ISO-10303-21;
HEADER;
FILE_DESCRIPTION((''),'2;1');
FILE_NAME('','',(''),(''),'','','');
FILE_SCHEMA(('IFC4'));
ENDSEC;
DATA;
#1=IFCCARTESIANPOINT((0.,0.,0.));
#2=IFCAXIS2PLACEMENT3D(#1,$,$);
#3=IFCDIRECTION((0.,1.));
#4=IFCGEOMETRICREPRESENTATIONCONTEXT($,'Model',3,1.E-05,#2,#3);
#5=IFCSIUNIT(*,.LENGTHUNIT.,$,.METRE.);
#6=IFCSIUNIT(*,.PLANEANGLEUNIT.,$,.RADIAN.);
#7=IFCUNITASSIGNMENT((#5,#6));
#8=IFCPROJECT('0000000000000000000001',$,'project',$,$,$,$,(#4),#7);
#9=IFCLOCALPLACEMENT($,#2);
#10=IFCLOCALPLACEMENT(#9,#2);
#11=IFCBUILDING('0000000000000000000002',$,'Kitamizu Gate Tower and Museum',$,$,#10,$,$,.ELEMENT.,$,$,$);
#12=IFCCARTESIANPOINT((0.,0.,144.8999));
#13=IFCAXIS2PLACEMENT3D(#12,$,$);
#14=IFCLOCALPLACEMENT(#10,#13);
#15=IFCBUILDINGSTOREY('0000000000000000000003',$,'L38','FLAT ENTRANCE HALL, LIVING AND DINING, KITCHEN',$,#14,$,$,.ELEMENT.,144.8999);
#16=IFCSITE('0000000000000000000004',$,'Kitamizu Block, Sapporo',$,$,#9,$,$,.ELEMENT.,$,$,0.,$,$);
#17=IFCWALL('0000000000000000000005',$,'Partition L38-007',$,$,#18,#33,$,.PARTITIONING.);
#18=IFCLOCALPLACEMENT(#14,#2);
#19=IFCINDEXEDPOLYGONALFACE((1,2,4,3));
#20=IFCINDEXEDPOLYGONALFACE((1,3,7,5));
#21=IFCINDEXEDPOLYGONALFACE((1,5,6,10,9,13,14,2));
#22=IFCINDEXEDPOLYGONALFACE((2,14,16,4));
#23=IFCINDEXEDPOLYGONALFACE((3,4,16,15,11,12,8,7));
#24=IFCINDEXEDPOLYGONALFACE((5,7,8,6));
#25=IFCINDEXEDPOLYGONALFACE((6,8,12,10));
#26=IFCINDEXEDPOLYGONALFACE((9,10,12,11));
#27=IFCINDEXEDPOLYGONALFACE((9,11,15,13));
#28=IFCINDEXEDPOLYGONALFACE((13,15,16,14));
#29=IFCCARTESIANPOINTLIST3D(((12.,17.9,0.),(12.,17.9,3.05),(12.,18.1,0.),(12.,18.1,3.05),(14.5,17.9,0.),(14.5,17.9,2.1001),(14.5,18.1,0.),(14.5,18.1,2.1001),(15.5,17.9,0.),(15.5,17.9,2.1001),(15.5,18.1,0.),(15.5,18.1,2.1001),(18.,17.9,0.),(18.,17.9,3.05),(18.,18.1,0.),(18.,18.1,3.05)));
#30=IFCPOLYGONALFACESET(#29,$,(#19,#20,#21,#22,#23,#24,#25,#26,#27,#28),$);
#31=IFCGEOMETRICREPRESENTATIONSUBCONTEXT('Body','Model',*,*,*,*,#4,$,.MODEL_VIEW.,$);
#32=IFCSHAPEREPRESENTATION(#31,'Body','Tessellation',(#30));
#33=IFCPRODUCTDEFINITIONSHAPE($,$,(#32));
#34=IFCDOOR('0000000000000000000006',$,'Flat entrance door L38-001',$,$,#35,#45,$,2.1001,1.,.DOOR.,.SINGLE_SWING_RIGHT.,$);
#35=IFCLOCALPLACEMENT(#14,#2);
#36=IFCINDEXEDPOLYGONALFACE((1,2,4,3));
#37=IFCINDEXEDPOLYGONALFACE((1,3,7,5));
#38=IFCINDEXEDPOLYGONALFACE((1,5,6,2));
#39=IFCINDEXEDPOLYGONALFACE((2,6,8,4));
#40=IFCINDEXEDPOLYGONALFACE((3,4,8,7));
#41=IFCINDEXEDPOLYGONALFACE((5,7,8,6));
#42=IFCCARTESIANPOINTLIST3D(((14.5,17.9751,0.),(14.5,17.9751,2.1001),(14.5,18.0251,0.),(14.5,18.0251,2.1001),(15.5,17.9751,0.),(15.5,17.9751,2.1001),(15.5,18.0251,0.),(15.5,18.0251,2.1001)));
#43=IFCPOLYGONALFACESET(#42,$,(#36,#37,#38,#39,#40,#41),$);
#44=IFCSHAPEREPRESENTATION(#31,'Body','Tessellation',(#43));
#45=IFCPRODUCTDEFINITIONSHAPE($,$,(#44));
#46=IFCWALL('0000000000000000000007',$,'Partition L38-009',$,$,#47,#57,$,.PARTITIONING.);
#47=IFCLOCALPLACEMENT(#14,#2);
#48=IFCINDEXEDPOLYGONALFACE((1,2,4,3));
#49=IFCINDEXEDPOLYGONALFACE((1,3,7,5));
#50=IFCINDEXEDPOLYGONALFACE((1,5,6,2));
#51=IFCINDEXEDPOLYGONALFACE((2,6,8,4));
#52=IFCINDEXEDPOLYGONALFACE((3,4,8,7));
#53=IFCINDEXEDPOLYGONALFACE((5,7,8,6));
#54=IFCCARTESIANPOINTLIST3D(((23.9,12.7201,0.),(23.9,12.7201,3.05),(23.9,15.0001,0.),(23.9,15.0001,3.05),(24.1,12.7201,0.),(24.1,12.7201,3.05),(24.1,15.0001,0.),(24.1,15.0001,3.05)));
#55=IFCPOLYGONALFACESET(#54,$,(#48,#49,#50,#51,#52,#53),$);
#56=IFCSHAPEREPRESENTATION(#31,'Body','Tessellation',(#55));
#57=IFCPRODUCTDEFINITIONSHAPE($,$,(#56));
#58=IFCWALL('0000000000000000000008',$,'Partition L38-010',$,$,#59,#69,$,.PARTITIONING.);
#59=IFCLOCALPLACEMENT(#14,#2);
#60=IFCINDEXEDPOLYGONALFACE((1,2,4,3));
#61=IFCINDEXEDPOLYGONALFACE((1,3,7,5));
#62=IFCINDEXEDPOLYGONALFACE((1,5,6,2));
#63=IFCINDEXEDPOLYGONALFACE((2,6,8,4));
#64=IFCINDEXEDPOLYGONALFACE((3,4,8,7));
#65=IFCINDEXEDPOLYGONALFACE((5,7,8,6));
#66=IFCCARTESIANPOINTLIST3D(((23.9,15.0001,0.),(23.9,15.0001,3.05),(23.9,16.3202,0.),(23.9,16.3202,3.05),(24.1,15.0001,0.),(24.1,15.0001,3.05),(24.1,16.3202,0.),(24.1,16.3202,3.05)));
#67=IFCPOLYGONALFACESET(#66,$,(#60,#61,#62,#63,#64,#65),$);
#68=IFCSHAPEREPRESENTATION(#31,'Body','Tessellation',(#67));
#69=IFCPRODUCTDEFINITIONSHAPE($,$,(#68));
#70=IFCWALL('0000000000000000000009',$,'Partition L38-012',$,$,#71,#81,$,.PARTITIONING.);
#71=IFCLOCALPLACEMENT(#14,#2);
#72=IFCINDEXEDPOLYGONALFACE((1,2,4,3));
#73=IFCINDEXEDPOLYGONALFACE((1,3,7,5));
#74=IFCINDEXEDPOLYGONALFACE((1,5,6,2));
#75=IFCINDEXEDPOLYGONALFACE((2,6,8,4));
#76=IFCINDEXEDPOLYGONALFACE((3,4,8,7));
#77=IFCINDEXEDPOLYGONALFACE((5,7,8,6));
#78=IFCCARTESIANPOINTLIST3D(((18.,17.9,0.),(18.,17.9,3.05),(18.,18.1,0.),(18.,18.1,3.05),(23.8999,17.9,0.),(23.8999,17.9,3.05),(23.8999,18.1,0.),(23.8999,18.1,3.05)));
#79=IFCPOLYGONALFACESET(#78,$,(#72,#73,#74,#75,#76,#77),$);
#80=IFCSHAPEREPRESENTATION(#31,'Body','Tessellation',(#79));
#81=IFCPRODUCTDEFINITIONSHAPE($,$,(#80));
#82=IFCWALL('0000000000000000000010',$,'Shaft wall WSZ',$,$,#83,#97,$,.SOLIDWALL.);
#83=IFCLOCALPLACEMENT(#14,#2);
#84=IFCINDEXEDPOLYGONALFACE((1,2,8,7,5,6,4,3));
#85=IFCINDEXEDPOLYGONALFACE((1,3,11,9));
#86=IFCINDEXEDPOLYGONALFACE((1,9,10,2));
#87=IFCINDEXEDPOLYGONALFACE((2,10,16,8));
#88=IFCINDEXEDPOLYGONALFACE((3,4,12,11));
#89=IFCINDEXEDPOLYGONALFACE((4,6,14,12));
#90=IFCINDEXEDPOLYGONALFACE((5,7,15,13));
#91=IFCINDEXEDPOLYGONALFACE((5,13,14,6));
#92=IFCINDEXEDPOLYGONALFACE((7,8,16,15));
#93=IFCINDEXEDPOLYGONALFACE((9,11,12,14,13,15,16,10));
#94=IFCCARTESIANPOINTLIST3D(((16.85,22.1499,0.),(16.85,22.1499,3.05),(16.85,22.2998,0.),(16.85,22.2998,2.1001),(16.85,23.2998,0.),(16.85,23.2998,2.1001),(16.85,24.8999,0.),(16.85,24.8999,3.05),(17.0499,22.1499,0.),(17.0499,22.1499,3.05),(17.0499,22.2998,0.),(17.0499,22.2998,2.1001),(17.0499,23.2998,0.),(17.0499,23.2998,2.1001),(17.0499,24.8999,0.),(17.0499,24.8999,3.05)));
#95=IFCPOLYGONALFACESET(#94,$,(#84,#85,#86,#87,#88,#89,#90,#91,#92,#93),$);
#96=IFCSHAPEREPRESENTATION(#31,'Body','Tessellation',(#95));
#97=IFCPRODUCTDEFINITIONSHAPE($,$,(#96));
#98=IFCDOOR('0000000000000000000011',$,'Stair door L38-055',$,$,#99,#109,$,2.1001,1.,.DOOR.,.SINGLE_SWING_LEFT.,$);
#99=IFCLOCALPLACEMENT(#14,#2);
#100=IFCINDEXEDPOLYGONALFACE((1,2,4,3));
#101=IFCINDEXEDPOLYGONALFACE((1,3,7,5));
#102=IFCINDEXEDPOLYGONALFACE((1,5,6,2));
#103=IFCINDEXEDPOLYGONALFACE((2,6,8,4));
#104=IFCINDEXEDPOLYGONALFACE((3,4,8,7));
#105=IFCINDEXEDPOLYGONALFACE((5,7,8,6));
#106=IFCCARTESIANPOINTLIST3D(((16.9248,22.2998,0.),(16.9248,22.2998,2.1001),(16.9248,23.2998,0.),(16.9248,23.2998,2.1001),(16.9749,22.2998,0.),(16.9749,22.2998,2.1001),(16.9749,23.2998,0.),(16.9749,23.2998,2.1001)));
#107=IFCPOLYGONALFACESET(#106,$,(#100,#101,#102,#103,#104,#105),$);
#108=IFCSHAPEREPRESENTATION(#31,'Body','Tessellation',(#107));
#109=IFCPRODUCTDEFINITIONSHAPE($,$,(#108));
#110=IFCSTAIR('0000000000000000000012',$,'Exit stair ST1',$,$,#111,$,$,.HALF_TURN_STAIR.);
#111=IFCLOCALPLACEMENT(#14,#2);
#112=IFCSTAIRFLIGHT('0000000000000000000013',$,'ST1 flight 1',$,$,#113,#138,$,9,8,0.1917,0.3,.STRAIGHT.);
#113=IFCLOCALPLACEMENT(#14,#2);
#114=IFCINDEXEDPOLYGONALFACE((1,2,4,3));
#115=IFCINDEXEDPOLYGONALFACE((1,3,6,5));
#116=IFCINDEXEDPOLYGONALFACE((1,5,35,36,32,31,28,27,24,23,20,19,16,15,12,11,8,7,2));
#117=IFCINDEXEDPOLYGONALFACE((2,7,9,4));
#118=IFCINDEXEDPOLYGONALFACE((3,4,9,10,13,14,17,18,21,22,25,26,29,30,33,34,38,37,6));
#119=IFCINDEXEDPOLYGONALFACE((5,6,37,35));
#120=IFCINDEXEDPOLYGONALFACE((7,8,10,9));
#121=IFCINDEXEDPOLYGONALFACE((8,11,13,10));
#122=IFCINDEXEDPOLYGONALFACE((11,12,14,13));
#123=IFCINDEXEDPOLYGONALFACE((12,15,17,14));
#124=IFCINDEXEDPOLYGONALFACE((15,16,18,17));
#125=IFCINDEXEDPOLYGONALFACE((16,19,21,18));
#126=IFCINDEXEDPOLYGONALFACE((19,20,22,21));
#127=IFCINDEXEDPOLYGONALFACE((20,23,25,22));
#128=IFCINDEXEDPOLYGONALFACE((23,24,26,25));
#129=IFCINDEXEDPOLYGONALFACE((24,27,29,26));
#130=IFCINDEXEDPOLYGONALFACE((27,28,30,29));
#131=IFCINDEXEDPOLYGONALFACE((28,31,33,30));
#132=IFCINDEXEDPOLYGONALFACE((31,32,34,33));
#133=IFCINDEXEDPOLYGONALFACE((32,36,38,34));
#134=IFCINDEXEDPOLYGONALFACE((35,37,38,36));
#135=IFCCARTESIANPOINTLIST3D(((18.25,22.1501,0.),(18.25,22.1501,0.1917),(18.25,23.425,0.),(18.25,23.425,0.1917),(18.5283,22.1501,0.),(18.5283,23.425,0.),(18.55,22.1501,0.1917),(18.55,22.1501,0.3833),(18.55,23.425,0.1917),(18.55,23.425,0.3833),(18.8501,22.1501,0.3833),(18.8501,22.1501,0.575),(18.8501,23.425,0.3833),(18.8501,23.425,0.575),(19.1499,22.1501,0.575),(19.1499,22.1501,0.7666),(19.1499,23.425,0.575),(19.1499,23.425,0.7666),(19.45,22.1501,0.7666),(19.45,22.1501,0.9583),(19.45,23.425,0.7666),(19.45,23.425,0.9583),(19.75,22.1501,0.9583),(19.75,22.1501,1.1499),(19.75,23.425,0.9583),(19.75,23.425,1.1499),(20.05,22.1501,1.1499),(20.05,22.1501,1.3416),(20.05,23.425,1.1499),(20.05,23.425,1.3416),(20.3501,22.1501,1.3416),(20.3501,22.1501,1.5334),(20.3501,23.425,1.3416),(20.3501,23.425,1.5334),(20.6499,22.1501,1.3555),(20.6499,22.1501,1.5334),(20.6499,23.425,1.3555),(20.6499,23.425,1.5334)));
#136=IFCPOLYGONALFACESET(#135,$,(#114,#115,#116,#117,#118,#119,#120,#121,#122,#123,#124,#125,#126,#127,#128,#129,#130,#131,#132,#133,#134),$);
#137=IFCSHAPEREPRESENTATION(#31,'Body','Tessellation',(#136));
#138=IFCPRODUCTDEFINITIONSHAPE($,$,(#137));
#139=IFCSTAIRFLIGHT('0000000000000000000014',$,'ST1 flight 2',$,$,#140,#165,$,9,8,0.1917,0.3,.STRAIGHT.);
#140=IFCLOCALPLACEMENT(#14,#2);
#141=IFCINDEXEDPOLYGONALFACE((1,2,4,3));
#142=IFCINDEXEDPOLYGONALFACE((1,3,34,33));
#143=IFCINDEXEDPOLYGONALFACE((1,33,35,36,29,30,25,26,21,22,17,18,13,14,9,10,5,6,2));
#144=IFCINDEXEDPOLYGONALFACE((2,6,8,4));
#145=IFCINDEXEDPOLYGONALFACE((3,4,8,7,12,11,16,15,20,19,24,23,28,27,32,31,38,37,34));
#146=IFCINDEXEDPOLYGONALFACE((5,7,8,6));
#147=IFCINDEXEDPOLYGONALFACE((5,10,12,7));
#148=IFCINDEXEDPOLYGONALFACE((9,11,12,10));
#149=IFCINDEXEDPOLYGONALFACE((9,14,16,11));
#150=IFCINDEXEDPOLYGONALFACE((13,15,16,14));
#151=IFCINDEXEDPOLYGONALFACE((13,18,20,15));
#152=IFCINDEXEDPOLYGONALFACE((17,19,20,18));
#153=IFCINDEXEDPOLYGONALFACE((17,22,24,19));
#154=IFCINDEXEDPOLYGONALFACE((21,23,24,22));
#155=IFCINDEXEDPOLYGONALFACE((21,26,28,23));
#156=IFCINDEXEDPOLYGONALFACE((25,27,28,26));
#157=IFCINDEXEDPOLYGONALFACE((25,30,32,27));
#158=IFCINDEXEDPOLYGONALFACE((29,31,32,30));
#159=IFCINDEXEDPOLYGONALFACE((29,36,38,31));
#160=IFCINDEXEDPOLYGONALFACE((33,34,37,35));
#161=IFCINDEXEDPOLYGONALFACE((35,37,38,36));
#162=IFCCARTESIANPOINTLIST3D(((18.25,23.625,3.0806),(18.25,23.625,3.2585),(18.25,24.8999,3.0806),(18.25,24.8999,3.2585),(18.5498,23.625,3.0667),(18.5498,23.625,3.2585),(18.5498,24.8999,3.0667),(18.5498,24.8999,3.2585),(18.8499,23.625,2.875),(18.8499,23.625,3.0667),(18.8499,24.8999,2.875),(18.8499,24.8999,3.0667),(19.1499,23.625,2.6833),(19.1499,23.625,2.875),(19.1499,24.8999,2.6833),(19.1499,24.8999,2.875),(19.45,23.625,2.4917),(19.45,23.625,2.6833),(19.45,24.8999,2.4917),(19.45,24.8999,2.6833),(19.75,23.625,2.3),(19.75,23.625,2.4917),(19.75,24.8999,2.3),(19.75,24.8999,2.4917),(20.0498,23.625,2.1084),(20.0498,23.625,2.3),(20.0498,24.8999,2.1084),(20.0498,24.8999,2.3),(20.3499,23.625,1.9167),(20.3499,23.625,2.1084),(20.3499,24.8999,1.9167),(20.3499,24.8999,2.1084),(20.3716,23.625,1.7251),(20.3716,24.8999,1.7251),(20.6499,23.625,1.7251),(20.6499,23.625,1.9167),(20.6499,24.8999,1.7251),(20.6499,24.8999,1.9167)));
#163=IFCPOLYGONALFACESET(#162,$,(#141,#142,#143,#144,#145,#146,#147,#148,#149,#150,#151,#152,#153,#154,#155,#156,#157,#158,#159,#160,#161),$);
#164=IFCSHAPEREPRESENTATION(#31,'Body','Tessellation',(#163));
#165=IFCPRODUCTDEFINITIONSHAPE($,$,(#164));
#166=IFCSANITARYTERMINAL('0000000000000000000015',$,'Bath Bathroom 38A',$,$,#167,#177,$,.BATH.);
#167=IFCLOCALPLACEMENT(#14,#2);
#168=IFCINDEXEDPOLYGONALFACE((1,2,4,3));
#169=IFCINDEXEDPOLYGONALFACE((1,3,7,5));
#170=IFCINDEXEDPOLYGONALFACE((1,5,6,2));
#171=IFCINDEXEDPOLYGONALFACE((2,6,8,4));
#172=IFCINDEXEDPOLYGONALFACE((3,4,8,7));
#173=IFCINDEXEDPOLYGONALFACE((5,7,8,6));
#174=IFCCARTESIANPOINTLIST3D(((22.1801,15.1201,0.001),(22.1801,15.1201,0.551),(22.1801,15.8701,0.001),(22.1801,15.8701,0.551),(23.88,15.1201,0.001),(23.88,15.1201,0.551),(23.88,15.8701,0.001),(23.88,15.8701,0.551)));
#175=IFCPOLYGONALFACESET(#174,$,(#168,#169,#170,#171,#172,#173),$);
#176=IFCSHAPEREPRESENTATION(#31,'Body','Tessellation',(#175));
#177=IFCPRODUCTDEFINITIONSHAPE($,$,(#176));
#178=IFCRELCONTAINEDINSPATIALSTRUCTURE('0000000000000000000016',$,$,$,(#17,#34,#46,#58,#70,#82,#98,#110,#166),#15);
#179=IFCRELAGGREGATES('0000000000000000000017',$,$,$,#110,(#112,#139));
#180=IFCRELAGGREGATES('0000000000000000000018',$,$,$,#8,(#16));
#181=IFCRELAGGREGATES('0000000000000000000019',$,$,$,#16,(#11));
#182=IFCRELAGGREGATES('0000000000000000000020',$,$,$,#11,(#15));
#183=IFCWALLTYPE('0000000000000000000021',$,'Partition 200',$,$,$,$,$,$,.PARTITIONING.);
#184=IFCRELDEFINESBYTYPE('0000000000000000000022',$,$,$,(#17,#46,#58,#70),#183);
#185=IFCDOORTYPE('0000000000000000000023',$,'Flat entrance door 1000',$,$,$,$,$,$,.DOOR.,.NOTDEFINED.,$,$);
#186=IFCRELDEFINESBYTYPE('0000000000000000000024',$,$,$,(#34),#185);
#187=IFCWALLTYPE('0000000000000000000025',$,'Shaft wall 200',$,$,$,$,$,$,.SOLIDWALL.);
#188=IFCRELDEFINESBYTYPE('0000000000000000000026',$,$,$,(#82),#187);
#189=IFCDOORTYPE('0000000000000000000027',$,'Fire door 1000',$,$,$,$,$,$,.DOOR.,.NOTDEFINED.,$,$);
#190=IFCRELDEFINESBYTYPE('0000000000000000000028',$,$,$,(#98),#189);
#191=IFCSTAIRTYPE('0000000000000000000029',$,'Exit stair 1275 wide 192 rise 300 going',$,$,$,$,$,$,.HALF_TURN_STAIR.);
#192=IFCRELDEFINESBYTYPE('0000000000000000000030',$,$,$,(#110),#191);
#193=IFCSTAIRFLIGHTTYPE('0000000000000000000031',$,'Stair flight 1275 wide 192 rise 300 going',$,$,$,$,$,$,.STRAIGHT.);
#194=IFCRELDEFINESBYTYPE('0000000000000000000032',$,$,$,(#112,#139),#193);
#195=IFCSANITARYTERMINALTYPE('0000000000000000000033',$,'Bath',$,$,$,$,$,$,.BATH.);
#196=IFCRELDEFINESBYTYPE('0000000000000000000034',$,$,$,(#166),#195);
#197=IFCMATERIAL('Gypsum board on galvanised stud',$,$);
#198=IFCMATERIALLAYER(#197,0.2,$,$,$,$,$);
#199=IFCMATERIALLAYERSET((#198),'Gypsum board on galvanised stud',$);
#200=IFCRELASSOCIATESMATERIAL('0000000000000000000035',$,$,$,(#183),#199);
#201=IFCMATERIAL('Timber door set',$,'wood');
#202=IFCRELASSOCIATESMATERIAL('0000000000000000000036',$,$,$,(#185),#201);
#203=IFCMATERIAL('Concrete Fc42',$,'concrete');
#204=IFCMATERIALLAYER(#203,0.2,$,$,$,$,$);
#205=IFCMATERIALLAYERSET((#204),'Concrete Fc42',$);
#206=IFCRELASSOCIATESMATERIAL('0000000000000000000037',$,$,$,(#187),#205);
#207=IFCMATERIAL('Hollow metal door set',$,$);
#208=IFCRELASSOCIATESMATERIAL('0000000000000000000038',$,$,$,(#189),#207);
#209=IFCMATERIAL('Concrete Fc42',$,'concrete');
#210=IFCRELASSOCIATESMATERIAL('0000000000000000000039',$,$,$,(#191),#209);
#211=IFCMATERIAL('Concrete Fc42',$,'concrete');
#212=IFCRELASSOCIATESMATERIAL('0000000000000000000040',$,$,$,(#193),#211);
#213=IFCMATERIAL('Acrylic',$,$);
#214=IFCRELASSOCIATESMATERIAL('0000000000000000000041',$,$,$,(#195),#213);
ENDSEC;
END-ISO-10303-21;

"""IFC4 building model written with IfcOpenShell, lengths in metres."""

from ifc_helpers import new_model, si_unit, direction, frame, frame_2d, origin, origin_2d, place, context, subcontext, project, spatial, polyline, rectangle, outline, extrude, material, layer, layer_set, type_object, element, fill, aggregate, save


model = new_model("IFC4")

# Units and contexts
model_context = context("Model", 3, precision=1e-05, world=origin(), true_north=direction((0.0, 1.0)))
body_context = subcontext(model_context, "Body", "Model", "MODEL_VIEW")
ifc_project = project(units=[si_unit("LENGTHUNIT", "METRE"), si_unit("PLANEANGLEUNIT", "RADIAN")], contexts=[model_context])

# Site, building, storey
site_placement = place(None, origin())
site = spatial("IfcSite", under=ifc_project, at=site_placement, Name="Kitamizu Block, Sapporo", CompositionType="ELEMENT", RefElevation=0.0)
building_placement = place(site_placement, origin())
building = spatial("IfcBuilding", under=site, at=building_placement, Name="Kitamizu Gate Tower and Museum", CompositionType="ELEMENT")
storey_placement = place(building_placement, frame((0.0, 0.0, 144.8999)))
storey = spatial("IfcBuildingStorey", under=building, at=storey_placement, Name="L38", Description="FLAT ENTRANCE HALL, LIVING AND DINING, KITCHEN", CompositionType="ELEMENT", Elevation=144.8999)

# Wall, opening, door
ifc_material_1 = material(Name="Gypsum board on galvanised stud")
ifc_layer_1 = layer(ifc_material_1, 0.2)
ifc_layer_set_1 = layer_set([ifc_layer_1], Name="Gypsum board on galvanised stud")
wall_type_1 = type_object("IfcWallType", Name="Partition 200", PredefinedType="PARTITIONING", material=ifc_layer_set_1)
wall_1_placement = place(storey_placement, frame((18.0, 18.0, 0.0), z_axis=(0.0, 0.0, 1.0), x_axis=(-1.0, 0.0, 0.0)))
wall_1 = element("IfcWall", 1, at=wall_1_placement, inside=storey, type_object=wall_type_1, Name="Partition L38-007", PredefinedType="PARTITIONING", context=body_context, shape_type="SweptSolid", body=[
    extrude(rectangle(XDim=6.0, YDim=0.2, at=frame_2d((3.0, 0.0))), origin(), (0.0, 0.0, 1.0), 3.05),
])
opening_1_placement = place(wall_1_placement, frame((2.5, 0.0, 0.0)))
opening_1 = element("IfcOpeningElement", 2, at=opening_1_placement, cuts=wall_1, PredefinedType="OPENING", context=body_context, shape_type="SweptSolid", body=[
    extrude(rectangle(XDim=1.0, YDim=2.1001, at=frame_2d((0.5, 1.05))), frame((0.0, 0.1099, 0.0), z_axis=(0.0, -1.0, 0.0), x_axis=(1.0, 0.0, 0.0)), (0.0, 0.0, 1.0), 0.22),
])
ifc_material_2 = material(Name="Timber door set", Category="wood")
door_type_1 = type_object("IfcDoorType", Name="Flat entrance door 1000", OperationType="NOTDEFINED", PredefinedType="DOOR", material=ifc_material_2)
door_1_placement = place(opening_1_placement, origin())
door_1 = element("IfcDoor", 3, at=door_1_placement, inside=storey, type_object=door_type_1, Name="Flat entrance door L38-001", OperationType="SINGLE_SWING_RIGHT", OverallHeight=2.1001, OverallWidth=1.0, PredefinedType="DOOR", context=body_context, shape_type="SweptSolid", body=[
    extrude(rectangle(XDim=1.0, YDim=2.1001, at=frame_2d((0.5, 1.05))), frame((0.0, 0.0249, 0.0), z_axis=(0.0, -1.0, 0.0), x_axis=(1.0, 0.0, 0.0)), (0.0, 0.0, 1.0), 0.05),
])
fill(opening_1, door_1)

# Walls
wall_2_placement = place(storey_placement, frame((24.0, 12.72, 0.0), z_axis=(0.0, 0.0, 1.0), x_axis=(0.0, 1.0, 0.0)))
element("IfcWall", 4, at=wall_2_placement, inside=storey, type_object=wall_type_1, Name="Partition L38-009", PredefinedType="PARTITIONING", context=body_context, shape_type="SweptSolid", body=[
    extrude(rectangle(XDim=2.28, YDim=0.2, at=frame_2d((1.1401, 0.0))), origin(), (0.0, 0.0, 1.0), 3.05),
])
wall_3_placement = place(storey_placement, frame((24.0, 15.0, 0.0), z_axis=(0.0, 0.0, 1.0), x_axis=(0.0, 1.0, 0.0)))
element("IfcWall", 5, at=wall_3_placement, inside=storey, type_object=wall_type_1, Name="Partition L38-010", PredefinedType="PARTITIONING", context=body_context, shape_type="SweptSolid", body=[
    extrude(rectangle(XDim=1.3201, YDim=0.2, at=frame_2d((0.6602, 0.0))), origin(), (0.0, 0.0, 1.0), 3.05),
])
wall_4_placement = place(storey_placement, frame((23.8999, 18.0, 0.0), z_axis=(0.0, 0.0, 1.0), x_axis=(-1.0, 0.0, 0.0)))
element("IfcWall", 6, at=wall_4_placement, inside=storey, type_object=wall_type_1, Name="Partition L38-012", PredefinedType="PARTITIONING", context=body_context, shape_type="SweptSolid", body=[
    extrude(rectangle(XDim=5.8999, YDim=0.2, at=frame_2d((2.95, 0.0))), origin(), (0.0, 0.0, 1.0), 3.05),
])

# Wall, opening, door
ifc_material_3 = material(Name="Concrete Fc42", Category="concrete")
ifc_layer_2 = layer(ifc_material_3, 0.2)
ifc_layer_set_2 = layer_set([ifc_layer_2], Name="Concrete Fc42")
wall_type_2 = type_object("IfcWallType", Name="Shaft wall 200", PredefinedType="SOLIDWALL", material=ifc_layer_set_2)
wall_5_placement = place(storey_placement, frame((16.95, 22.1499, 0.0), z_axis=(0.0, 0.0, 1.0), x_axis=(0.0, 1.0, 0.0)))
wall_5 = element("IfcWall", 7, at=wall_5_placement, inside=storey, type_object=wall_type_2, Name="Shaft wall WSZ", PredefinedType="SOLIDWALL", context=body_context, shape_type="SweptSolid", body=[
    extrude(rectangle(XDim=2.75, YDim=0.2, at=frame_2d((1.375, 0.0))), origin(), (0.0, 0.0, 1.0), 3.05),
])
opening_2_placement = place(wall_5_placement, frame((0.1499, 0.0, 0.0)))
opening_2 = element("IfcOpeningElement", 8, at=opening_2_placement, cuts=wall_5, PredefinedType="OPENING", context=body_context, shape_type="SweptSolid", body=[
    extrude(rectangle(XDim=1.0, YDim=2.1001, at=frame_2d((0.5, 1.05))), frame((0.0, 0.1099, 0.0), z_axis=(0.0, -1.0, 0.0), x_axis=(1.0, 0.0, 0.0)), (0.0, 0.0, 1.0), 0.22),
])
ifc_material_4 = material(Name="Hollow metal door set")
door_type_2 = type_object("IfcDoorType", Name="Fire door 1000", OperationType="NOTDEFINED", PredefinedType="DOOR", material=ifc_material_4)
door_2_placement = place(opening_2_placement, frame((1.0, 0.0, 0.0), x_axis=(-1.0, 0.0, 0.0)))
door_2 = element("IfcDoor", 9, at=door_2_placement, inside=storey, type_object=door_type_2, Name="Stair door L38-055", OperationType="SINGLE_SWING_LEFT", OverallHeight=2.1001, OverallWidth=1.0, PredefinedType="DOOR", context=body_context, shape_type="SweptSolid", body=[
    extrude(rectangle(XDim=1.0, YDim=2.1001, at=frame_2d((0.5, 1.05))), frame((0.0, 0.0249, 0.0), z_axis=(0.0, -1.0, 0.0), x_axis=(1.0, 0.0, 0.0)), (0.0, 0.0, 1.0), 0.05),
])
fill(opening_2, door_2)

# Stair, stair flights
ifc_material_5 = material(Name="Concrete Fc42", Category="concrete")
stair_type = type_object("IfcStairType", Name="Exit stair 1275 wide 192 rise 300 going", PredefinedType="HALF_TURN_STAIR", material=ifc_material_5)
stair_placement = place(storey_placement, origin())
stair = element("IfcStair", 10, at=stair_placement, inside=storey, type_object=stair_type, Name="Exit stair ST1", PredefinedType="HALF_TURN_STAIR")
ifc_material_6 = material(Name="Concrete Fc42", Category="concrete")
stair_flight_type = type_object("IfcStairFlightType", Name="Stair flight 1275 wide 192 rise 300 going", PredefinedType="STRAIGHT", material=ifc_material_6)
stair_flight_1_placement = place(storey_placement, frame((18.25, 22.7876, 0.0), z_axis=(0.0, 0.0, 1.0), x_axis=(1.0, 0.0, 0.0)))
stair_flight_1 = element("IfcStairFlight", 11, at=stair_flight_1_placement, type_object=stair_flight_type, Name="ST1 flight 1", NumberOfRisers=9, NumberOfTreads=8, PredefinedType="STRAIGHT", RiserHeight=0.1917, TreadLength=0.3, context=body_context, shape_type="SweptSolid", body=[
    extrude(outline(polyline([(0.0, 0.0), (0.0, 0.1917), (0.3, 0.1917), (0.3, 0.3833), (0.6001, 0.3833), (0.6001, 0.575), (0.8999, 0.575), (0.8999, 0.7666), (1.2, 0.7666), (1.2, 0.9583), (1.5, 0.9583), (1.5, 1.1499), (1.8, 1.1499), (1.8, 1.3416), (2.1001, 1.3416), (2.1001, 1.5334), (2.3999, 1.5334), (2.3999, 1.7251), (2.3999, 1.3555), (0.2783, 0.0), (0.0, 0.0)])), frame((0.0, 0.6375, 0.0), z_axis=(0.0, -1.0, 0.0), x_axis=(1.0, 0.0, 0.0)), (0.0, 0.0, 1.0), 1.2749),
])
stair_flight_2_placement = place(storey_placement, frame((20.6499, 24.2625, 1.7251), z_axis=(0.0, 0.0, 1.0), x_axis=(-1.0, 0.0, 0.0)))
stair_flight_2 = element("IfcStairFlight", 12, at=stair_flight_2_placement, type_object=stair_flight_type, Name="ST1 flight 2", NumberOfRisers=9, NumberOfTreads=8, PredefinedType="STRAIGHT", RiserHeight=0.1917, TreadLength=0.3, context=body_context, shape_type="SweptSolid", body=[
    extrude(outline(polyline([(0.0, 0.0), (0.0, 0.1917), (0.3, 0.1917), (0.3, 0.3833), (0.6001, 0.3833), (0.6001, 0.575), (0.8999, 0.575), (0.8999, 0.7666), (1.2, 0.7666), (1.2, 0.9583), (1.5, 0.9583), (1.5, 1.1499), (1.8, 1.1499), (1.8, 1.3416), (2.1001, 1.3416), (2.1001, 1.5334), (2.3999, 1.5334), (2.3999, 1.7251), (2.3999, 1.3555), (0.2783, 0.0), (0.0, 0.0)])), frame((0.0, 0.6375, 0.0), z_axis=(0.0, -1.0, 0.0), x_axis=(1.0, 0.0, 0.0)), (0.0, 0.0, 1.0), 1.2749),
])
aggregate(stair, [stair_flight_1, stair_flight_2])

# Sanitary terminal
ifc_material_7 = material(Name="Acrylic")
sanitary_terminal_type_1 = type_object("IfcSanitaryTerminalType", Name="Bath", PredefinedType="BATH", material=ifc_material_7)
sanitary_terminal_1_placement = place(storey_placement, frame((23.03, 15.4951, 0.001), z_axis=(0.0, 0.0, 1.0), x_axis=(1.0, 0.0, 0.0)))
element("IfcSanitaryTerminal", 13, at=sanitary_terminal_1_placement, inside=storey, type_object=sanitary_terminal_type_1, Name="Bath Bathroom 38A", PredefinedType="BATH", context=body_context, shape_type="SweptSolid", body=[
    extrude(rectangle(XDim=1.7, YDim=0.75, at=origin_2d()), origin(), (0.0, 0.0, 1.0), 0.55),
])

save(model, "model.ifc")
